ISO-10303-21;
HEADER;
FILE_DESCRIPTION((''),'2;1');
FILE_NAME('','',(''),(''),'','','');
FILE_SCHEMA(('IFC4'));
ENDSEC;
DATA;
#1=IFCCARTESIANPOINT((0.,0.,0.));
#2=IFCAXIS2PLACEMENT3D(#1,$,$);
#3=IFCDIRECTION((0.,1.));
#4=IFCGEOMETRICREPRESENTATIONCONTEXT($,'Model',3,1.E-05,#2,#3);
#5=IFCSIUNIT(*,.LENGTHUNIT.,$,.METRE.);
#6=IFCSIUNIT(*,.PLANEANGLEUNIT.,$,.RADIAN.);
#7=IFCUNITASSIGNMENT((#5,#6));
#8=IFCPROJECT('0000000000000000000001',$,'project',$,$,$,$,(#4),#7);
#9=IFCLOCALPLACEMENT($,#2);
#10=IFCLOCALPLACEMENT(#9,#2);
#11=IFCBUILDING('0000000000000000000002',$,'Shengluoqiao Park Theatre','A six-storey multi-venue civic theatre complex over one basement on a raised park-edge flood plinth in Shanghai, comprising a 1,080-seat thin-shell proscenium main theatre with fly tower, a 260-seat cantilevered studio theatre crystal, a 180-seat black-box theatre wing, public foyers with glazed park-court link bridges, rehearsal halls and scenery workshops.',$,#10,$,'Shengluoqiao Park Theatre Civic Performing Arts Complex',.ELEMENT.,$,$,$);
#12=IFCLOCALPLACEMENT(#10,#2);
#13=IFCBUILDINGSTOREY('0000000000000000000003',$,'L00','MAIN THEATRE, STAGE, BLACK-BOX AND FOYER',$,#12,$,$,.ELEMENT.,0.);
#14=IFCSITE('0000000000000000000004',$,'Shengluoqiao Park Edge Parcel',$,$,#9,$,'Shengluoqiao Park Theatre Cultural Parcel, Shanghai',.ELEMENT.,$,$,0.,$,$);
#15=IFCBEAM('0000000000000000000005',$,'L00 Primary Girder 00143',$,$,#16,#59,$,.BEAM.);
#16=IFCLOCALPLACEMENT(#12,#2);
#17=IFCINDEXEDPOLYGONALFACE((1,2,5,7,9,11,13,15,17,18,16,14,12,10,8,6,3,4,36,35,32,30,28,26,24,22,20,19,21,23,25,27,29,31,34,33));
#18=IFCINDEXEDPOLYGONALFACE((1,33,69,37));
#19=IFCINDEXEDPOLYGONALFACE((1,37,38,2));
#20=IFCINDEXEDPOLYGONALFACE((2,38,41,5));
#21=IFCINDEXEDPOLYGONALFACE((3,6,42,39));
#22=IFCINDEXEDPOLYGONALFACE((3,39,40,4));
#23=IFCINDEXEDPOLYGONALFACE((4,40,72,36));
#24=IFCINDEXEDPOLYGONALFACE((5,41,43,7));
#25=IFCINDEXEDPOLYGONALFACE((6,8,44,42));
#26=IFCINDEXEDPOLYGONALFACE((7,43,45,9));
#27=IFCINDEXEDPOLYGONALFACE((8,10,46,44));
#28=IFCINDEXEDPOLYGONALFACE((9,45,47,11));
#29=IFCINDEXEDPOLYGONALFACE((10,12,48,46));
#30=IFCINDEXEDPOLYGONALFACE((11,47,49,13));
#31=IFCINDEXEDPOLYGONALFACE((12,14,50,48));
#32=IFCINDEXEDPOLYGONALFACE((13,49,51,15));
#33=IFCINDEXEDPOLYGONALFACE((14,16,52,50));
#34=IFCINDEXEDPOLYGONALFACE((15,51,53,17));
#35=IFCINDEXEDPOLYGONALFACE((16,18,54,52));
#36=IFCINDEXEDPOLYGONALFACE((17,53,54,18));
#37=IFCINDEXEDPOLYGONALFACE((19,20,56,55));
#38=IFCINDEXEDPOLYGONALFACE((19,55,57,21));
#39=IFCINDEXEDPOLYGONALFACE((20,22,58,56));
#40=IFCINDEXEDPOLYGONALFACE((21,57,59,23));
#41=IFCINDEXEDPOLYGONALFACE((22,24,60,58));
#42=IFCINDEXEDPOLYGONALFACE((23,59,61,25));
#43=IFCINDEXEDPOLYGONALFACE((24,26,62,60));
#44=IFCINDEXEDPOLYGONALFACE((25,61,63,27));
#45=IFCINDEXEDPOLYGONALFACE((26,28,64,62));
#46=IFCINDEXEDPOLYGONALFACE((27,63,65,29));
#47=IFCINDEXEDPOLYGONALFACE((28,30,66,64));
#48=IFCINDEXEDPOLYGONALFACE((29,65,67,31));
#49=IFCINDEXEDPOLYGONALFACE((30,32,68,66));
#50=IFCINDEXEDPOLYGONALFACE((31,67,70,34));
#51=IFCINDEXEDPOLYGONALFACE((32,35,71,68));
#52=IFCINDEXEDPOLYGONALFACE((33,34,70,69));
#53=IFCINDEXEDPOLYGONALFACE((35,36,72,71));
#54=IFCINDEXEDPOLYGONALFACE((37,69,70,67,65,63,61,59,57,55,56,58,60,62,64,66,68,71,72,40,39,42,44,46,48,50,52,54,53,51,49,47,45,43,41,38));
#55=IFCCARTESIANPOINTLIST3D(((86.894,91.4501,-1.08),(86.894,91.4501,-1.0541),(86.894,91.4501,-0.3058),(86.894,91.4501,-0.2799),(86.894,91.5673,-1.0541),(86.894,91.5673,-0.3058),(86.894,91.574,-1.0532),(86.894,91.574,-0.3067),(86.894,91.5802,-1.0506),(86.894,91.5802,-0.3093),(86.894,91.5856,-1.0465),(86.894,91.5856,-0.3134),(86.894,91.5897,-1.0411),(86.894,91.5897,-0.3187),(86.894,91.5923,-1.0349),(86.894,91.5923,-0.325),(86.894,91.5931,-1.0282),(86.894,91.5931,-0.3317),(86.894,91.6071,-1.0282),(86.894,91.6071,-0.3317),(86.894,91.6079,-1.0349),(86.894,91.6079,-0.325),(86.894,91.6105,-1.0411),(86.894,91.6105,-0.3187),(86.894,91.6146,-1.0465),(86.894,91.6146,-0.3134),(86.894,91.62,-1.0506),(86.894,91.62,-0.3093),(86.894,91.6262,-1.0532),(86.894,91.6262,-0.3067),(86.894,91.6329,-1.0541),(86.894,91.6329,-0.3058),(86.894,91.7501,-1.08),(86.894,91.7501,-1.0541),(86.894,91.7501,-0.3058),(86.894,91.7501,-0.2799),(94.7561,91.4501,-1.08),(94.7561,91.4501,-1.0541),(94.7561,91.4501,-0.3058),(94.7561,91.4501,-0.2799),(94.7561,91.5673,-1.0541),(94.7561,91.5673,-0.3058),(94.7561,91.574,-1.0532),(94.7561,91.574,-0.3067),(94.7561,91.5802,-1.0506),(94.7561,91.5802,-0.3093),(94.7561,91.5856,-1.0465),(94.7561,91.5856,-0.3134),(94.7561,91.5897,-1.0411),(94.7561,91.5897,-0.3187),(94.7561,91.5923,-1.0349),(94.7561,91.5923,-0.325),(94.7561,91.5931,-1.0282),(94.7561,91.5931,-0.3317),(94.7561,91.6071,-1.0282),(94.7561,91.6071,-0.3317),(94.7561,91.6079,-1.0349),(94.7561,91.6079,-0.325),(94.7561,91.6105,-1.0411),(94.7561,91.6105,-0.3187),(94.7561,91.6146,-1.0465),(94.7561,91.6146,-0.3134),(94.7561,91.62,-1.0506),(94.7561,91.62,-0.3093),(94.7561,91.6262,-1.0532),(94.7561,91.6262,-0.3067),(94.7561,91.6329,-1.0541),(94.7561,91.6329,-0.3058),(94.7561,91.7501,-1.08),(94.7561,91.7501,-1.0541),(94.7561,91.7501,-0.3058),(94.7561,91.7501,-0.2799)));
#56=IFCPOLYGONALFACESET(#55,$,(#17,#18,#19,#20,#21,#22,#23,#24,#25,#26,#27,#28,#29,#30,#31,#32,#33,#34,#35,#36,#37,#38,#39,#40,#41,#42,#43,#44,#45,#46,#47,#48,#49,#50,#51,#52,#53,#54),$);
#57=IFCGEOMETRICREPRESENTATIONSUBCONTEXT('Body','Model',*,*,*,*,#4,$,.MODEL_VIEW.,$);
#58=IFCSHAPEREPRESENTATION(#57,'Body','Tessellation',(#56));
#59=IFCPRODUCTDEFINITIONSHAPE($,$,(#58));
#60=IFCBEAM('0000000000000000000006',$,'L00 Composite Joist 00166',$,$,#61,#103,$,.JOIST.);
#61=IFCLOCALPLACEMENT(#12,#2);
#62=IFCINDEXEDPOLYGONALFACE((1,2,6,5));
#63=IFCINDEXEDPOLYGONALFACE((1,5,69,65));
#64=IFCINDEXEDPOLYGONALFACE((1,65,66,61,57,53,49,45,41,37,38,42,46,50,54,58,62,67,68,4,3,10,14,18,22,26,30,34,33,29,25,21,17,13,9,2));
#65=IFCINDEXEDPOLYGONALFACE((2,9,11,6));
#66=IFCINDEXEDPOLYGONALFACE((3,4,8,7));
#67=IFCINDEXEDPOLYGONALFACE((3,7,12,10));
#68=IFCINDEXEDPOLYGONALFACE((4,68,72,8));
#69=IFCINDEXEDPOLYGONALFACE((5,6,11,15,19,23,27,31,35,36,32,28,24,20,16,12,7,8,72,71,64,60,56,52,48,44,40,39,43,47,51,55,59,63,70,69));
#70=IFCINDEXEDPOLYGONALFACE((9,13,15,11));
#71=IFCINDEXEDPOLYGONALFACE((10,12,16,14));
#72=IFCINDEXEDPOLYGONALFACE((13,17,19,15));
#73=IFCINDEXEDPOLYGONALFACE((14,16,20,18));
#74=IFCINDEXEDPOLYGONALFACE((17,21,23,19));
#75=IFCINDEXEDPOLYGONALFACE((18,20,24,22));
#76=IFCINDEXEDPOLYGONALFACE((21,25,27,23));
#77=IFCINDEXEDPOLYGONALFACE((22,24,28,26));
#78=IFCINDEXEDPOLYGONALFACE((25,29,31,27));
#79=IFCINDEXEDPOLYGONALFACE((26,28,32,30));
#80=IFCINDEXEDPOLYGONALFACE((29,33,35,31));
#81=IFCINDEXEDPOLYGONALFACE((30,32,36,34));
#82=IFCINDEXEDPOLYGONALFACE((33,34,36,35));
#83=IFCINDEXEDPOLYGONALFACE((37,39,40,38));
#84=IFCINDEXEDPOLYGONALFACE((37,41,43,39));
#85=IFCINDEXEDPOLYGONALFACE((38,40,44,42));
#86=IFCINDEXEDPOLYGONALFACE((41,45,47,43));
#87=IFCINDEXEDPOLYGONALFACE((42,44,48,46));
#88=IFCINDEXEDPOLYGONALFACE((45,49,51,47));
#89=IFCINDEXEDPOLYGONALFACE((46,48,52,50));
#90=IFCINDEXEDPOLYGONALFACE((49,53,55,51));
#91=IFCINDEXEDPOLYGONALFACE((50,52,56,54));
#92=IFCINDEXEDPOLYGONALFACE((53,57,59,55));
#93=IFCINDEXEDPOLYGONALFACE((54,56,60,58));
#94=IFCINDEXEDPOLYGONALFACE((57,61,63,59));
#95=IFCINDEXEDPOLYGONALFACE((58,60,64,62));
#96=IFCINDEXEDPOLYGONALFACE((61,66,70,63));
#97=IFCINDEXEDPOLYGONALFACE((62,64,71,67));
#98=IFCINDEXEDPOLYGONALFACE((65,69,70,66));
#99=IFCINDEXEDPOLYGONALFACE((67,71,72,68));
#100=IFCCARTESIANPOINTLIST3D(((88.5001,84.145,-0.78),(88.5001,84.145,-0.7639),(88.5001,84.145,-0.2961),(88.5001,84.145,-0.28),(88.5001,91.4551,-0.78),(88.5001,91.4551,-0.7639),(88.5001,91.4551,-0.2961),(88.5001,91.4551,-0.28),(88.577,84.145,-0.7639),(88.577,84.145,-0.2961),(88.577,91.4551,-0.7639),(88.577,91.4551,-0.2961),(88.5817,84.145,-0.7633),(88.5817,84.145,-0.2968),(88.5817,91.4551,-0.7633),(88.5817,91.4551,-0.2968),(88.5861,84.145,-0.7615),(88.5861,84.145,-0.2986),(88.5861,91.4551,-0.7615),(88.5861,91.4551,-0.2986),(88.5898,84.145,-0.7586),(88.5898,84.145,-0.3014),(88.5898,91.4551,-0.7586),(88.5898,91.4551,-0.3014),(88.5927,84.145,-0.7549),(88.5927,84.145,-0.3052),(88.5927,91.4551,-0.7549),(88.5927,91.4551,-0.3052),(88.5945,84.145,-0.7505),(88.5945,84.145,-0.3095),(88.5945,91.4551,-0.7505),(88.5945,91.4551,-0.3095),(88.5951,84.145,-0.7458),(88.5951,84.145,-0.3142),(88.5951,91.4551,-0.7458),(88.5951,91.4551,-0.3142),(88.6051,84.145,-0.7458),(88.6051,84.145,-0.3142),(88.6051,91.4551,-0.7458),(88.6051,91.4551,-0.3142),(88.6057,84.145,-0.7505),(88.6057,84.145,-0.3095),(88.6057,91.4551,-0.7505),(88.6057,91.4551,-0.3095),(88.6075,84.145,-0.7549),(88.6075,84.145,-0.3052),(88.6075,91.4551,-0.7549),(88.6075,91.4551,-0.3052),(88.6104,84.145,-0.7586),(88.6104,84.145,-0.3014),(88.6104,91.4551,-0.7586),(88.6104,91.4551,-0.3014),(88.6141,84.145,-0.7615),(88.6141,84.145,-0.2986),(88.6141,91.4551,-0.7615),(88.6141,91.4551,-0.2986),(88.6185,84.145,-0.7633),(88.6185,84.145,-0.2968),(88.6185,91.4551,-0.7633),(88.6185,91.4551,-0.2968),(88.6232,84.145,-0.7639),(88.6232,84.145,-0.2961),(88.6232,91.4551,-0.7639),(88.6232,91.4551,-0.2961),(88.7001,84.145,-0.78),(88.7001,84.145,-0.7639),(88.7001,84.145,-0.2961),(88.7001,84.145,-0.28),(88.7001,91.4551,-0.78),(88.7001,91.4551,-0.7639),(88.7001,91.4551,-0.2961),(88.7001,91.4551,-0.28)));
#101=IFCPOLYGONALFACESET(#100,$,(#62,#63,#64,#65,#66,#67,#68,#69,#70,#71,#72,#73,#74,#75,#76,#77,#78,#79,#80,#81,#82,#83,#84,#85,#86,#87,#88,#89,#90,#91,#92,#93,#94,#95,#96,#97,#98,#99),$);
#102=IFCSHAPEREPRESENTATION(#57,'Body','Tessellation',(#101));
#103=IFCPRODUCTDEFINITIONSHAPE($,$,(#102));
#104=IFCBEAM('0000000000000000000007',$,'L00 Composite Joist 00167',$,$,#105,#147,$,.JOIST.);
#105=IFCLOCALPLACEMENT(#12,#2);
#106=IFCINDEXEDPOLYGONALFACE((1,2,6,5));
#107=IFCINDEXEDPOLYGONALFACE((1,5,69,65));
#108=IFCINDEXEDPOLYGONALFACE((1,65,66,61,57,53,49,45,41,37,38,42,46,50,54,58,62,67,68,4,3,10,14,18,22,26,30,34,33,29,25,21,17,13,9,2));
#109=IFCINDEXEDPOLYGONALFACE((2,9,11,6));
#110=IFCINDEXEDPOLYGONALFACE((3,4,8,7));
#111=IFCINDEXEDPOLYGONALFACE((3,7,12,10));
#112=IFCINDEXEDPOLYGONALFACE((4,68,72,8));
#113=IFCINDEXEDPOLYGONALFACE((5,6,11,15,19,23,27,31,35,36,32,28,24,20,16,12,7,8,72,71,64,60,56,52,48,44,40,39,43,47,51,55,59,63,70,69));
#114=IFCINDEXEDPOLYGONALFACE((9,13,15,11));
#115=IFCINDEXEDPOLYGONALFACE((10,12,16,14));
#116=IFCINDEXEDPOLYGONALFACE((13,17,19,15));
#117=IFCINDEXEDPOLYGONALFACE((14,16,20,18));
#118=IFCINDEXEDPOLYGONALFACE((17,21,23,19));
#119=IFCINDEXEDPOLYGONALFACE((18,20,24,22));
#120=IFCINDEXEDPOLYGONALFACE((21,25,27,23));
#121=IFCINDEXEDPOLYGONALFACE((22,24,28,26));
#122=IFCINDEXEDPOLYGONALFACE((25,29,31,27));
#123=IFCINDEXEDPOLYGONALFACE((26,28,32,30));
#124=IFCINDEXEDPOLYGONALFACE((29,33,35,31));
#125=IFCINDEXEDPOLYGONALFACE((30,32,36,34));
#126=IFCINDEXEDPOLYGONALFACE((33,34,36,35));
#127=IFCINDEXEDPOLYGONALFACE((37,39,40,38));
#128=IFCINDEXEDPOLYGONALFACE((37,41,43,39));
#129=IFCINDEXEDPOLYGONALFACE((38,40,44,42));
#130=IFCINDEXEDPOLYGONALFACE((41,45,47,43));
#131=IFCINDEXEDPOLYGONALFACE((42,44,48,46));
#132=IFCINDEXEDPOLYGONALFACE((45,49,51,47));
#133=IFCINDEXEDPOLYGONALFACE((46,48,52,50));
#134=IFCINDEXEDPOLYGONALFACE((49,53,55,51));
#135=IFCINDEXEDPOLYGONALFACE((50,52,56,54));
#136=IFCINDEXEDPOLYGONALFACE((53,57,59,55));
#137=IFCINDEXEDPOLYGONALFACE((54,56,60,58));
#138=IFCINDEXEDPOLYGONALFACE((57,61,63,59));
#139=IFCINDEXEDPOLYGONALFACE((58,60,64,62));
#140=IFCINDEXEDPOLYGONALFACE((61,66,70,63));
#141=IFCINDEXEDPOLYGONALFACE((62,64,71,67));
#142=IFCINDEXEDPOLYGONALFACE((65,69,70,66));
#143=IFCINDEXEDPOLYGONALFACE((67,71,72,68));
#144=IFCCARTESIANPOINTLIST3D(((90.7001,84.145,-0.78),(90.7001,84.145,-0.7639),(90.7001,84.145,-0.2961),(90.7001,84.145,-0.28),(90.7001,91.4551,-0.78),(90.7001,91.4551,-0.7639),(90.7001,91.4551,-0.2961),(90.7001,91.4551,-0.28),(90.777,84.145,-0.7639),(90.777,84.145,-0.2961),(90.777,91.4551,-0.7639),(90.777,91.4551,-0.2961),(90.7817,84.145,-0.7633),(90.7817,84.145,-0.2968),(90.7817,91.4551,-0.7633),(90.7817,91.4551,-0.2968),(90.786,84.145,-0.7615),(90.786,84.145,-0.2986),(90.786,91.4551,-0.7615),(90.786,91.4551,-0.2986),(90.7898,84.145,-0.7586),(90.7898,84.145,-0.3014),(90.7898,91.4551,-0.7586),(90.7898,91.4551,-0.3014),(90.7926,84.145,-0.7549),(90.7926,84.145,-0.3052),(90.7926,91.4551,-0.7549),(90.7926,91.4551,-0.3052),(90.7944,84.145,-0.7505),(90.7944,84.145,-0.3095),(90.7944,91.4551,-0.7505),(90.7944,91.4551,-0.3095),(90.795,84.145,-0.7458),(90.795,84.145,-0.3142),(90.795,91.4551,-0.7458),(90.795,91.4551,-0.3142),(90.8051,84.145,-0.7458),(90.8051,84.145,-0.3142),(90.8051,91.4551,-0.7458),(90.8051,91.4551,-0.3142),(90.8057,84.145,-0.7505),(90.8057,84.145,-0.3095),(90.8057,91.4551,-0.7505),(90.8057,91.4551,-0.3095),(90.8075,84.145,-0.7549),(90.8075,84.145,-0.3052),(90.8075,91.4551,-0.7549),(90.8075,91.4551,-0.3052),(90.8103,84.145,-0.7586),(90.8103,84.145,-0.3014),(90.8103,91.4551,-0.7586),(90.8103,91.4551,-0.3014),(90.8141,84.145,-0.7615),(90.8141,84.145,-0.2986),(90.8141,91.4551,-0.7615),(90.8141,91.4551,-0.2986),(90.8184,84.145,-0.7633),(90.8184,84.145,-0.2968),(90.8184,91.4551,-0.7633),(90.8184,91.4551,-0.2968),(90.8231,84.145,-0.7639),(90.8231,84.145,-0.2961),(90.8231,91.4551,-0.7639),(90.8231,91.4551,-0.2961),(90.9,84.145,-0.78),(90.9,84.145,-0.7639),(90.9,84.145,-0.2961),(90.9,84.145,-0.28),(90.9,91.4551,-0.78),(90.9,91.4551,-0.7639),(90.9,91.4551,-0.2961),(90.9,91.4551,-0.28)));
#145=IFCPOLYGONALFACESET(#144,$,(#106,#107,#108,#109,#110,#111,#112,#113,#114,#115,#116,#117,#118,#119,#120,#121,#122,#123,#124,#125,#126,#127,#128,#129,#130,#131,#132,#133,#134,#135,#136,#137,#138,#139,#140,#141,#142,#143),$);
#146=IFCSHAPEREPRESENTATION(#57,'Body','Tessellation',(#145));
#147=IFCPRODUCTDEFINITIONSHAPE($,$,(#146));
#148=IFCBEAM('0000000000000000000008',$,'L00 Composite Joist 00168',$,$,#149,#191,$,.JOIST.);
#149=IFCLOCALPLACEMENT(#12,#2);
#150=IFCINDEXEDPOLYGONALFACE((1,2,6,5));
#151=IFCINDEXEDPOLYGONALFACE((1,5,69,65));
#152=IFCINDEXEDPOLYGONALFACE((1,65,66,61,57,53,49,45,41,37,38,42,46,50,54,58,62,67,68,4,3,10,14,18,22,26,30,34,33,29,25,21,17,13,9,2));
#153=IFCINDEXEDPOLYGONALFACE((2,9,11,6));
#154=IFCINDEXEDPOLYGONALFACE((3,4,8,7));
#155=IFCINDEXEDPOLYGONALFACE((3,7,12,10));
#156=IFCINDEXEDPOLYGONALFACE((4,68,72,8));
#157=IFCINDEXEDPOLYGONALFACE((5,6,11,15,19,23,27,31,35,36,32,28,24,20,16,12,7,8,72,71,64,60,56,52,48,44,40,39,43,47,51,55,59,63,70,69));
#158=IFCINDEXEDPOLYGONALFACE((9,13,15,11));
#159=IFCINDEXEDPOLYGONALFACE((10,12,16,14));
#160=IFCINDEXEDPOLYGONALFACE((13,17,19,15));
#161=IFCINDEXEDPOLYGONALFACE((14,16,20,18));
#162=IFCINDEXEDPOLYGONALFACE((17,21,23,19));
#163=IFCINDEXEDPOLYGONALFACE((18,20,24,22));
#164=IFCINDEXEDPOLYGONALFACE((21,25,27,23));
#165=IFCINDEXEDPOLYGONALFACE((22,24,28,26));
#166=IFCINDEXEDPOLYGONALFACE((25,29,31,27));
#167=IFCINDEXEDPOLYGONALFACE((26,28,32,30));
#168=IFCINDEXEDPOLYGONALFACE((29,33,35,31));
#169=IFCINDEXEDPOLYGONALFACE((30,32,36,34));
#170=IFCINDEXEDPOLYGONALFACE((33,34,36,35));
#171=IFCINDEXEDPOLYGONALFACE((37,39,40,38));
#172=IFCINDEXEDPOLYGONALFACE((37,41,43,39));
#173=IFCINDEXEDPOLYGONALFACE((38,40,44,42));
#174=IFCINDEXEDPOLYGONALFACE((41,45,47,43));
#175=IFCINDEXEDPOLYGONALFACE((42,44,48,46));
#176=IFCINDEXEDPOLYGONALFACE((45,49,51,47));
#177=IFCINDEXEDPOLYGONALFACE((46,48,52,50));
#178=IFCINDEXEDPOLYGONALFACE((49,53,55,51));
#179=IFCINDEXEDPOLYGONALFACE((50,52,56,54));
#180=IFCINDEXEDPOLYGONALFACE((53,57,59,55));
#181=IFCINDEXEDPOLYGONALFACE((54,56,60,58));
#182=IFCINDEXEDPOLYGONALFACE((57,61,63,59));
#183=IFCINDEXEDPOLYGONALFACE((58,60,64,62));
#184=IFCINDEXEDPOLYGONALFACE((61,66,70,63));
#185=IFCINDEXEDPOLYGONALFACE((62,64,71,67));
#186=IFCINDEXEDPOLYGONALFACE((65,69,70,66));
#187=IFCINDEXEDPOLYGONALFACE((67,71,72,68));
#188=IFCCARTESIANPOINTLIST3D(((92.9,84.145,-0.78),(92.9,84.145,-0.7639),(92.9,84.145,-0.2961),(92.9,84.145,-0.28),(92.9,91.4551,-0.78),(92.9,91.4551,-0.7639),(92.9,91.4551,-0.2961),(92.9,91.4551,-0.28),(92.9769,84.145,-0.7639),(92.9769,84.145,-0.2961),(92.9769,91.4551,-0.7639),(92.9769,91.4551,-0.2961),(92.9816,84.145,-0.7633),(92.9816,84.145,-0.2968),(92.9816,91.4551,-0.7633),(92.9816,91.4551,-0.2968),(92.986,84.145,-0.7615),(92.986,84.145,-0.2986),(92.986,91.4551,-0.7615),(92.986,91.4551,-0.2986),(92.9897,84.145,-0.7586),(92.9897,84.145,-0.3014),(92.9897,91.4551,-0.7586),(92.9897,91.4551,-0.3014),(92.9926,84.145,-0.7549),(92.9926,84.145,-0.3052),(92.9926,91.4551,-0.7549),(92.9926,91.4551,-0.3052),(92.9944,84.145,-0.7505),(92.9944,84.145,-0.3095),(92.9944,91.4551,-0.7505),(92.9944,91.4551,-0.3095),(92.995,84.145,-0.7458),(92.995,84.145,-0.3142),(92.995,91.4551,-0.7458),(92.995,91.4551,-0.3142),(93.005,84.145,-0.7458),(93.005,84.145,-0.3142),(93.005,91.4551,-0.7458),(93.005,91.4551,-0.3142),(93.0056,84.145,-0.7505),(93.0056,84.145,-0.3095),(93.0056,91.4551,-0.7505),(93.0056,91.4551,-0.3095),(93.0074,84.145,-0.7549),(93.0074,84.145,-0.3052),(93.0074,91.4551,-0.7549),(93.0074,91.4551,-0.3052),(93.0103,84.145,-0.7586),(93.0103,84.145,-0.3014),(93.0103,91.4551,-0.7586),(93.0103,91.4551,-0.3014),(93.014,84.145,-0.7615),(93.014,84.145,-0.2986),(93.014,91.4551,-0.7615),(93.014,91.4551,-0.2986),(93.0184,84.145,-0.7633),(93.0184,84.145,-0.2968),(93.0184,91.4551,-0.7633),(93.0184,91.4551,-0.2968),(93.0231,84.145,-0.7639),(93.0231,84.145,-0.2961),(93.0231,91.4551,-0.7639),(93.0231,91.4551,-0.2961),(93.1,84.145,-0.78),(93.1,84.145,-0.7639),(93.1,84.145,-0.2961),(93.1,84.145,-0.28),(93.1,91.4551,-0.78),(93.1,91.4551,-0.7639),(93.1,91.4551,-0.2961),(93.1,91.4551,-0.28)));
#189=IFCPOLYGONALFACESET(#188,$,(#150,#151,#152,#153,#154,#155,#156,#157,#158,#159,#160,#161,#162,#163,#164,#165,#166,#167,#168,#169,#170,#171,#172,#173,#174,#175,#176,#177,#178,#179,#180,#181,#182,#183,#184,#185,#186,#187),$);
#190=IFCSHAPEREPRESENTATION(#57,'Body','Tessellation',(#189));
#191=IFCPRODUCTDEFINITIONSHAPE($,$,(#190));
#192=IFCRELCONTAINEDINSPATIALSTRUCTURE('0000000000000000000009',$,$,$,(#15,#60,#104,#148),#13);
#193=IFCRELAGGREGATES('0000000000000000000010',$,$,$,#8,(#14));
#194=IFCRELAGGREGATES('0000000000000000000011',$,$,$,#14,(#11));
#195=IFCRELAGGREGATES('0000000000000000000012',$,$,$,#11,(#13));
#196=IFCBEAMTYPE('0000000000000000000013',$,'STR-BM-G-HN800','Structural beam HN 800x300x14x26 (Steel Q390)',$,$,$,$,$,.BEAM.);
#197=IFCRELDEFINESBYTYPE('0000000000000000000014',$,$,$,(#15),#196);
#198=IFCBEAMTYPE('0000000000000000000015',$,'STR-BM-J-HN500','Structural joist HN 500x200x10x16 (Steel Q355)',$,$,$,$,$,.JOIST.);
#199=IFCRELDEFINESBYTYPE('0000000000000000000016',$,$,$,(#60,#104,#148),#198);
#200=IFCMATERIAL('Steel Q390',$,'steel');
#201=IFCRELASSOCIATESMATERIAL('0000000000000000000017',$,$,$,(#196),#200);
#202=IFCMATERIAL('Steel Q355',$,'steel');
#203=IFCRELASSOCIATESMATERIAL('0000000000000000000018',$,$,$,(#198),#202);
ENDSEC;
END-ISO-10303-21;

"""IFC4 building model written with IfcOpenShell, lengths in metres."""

from ifc_helpers import new_model, si_unit, direction, frame, origin, origin_2d, place, context, subcontext, project, spatial, i_section, extrude, material, material_profile, profile_set, type_object, element, save


model = new_model("IFC4")

# Units and contexts
model_context = context("Model", 3, precision=1e-05, world=origin(), true_north=direction((0.0, 1.0)))
body_context = subcontext(model_context, "Body", "Model", "MODEL_VIEW")
ifc_project = project(units=[si_unit("LENGTHUNIT", "METRE"), si_unit("PLANEANGLEUNIT", "RADIAN")], contexts=[model_context])

# Site, building, storey
site_placement = place(None, origin())
site = spatial("IfcSite", under=ifc_project, at=site_placement, Name="Shengluoqiao Park Edge Parcel", LongName="Shengluoqiao Park Theatre Cultural Parcel, Shanghai", CompositionType="ELEMENT", RefElevation=0.0)
building_placement = place(site_placement, origin())
building = spatial("IfcBuilding", under=site, at=building_placement, Name="Shengluoqiao Park Theatre", Description="A six-storey multi-venue civic theatre complex over one basement on a raised park-edge flood plinth in Shanghai, comprising a 1,080-seat thin-shell proscenium main theatre with fly tower, a 260-seat cantilevered studio theatre crystal, a 180-seat black-box theatre wing, public foyers with glazed park-court link bridges, rehearsal halls and scenery workshops.", LongName="Shengluoqiao Park Theatre Civic Performing Arts Complex", CompositionType="ELEMENT")
storey_placement = place(building_placement, origin())
storey = spatial("IfcBuildingStorey", under=building, at=storey_placement, Name="L00", Description="MAIN THEATRE, STAGE, BLACK-BOX AND FOYER", CompositionType="ELEMENT", Elevation=0.0)

# Beams
ifc_material_1 = material(Name="Steel Q355", Category="steel")
ifc_material_2 = material(Name="Steel Q390", Category="steel")
ifc_material_profile_1 = material_profile(ifc_material_2, i_section(OverallWidth=0.3, OverallDepth=0.8, WebThickness=0.0139, FlangeThickness=0.0259, FilletRadius=0.0259, at=origin_2d()), Name="HN 800x300x14x26")
ifc_profile_set_1 = profile_set([ifc_material_profile_1], Name="Steel Q390")
beam_type_1 = type_object("IfcBeamType", Name="STR-BM-G-HN800", Description="Structural beam HN 800x300x14x26 (Steel Q390)", PredefinedType="BEAM", material=ifc_profile_set_1)
beam_1_placement = place(storey_placement, frame((86.894, 91.6001, -0.6799), z_axis=(1.0, 0.0, 0.0), x_axis=(0.0, 1.0, 0.0)))
element("IfcBeam", 1, at=beam_1_placement, inside=storey, type_object=beam_type_1, Name="L00 Primary Girder 00143", PredefinedType="BEAM", context=body_context, shape_type="SweptSolid", body=[
    extrude(i_section(OverallWidth=0.3, OverallDepth=0.8, WebThickness=0.0139, FlangeThickness=0.0259, FilletRadius=0.0259, at=origin_2d()), origin(), (0.0, 0.0, 1.0), 7.8621),
])
ifc_material_profile_2 = material_profile(ifc_material_1, i_section(OverallWidth=0.2, OverallDepth=0.5, WebThickness=0.01, FlangeThickness=0.0161, FilletRadius=0.0181, at=origin_2d()), Name="HN 500x200x10x16")
ifc_profile_set_2 = profile_set([ifc_material_profile_2], Name="Steel Q355")
beam_type_2 = type_object("IfcBeamType", Name="STR-BM-J-HN500", Description="Structural joist HN 500x200x10x16 (Steel Q355)", PredefinedType="JOIST", material=ifc_profile_set_2)
for number, where, z_axis, x_axis, name in (
    (2, (88.6001, 84.145, -0.53), (0.0, 1.0, 0.0), (-1.0, 0.0, 0.0), "L00 Composite Joist 00166"),
    (3, (90.8, 84.145, -0.53), (0.0, 1.0, 0.0), (-1.0, 0.0, 0.0), "L00 Composite Joist 00167"),
    (4, (93.0, 84.145, -0.53), (0.0, 1.0, 0.0), (-1.0, 0.0, 0.0), "L00 Composite Joist 00168"),
):
    element("IfcBeam", number, at=place(storey_placement, frame(where, z_axis=z_axis, x_axis=x_axis)), inside=storey, type_object=beam_type_2, Name=name, PredefinedType="JOIST", context=body_context, shape_type="SweptSolid", body=[
        extrude(i_section(OverallWidth=0.2, OverallDepth=0.5, WebThickness=0.01, FlangeThickness=0.0161, FilletRadius=0.0181, at=origin_2d()), origin(), (0.0, 0.0, 1.0), 7.3101),
    ])

save(model, "model.ifc")
